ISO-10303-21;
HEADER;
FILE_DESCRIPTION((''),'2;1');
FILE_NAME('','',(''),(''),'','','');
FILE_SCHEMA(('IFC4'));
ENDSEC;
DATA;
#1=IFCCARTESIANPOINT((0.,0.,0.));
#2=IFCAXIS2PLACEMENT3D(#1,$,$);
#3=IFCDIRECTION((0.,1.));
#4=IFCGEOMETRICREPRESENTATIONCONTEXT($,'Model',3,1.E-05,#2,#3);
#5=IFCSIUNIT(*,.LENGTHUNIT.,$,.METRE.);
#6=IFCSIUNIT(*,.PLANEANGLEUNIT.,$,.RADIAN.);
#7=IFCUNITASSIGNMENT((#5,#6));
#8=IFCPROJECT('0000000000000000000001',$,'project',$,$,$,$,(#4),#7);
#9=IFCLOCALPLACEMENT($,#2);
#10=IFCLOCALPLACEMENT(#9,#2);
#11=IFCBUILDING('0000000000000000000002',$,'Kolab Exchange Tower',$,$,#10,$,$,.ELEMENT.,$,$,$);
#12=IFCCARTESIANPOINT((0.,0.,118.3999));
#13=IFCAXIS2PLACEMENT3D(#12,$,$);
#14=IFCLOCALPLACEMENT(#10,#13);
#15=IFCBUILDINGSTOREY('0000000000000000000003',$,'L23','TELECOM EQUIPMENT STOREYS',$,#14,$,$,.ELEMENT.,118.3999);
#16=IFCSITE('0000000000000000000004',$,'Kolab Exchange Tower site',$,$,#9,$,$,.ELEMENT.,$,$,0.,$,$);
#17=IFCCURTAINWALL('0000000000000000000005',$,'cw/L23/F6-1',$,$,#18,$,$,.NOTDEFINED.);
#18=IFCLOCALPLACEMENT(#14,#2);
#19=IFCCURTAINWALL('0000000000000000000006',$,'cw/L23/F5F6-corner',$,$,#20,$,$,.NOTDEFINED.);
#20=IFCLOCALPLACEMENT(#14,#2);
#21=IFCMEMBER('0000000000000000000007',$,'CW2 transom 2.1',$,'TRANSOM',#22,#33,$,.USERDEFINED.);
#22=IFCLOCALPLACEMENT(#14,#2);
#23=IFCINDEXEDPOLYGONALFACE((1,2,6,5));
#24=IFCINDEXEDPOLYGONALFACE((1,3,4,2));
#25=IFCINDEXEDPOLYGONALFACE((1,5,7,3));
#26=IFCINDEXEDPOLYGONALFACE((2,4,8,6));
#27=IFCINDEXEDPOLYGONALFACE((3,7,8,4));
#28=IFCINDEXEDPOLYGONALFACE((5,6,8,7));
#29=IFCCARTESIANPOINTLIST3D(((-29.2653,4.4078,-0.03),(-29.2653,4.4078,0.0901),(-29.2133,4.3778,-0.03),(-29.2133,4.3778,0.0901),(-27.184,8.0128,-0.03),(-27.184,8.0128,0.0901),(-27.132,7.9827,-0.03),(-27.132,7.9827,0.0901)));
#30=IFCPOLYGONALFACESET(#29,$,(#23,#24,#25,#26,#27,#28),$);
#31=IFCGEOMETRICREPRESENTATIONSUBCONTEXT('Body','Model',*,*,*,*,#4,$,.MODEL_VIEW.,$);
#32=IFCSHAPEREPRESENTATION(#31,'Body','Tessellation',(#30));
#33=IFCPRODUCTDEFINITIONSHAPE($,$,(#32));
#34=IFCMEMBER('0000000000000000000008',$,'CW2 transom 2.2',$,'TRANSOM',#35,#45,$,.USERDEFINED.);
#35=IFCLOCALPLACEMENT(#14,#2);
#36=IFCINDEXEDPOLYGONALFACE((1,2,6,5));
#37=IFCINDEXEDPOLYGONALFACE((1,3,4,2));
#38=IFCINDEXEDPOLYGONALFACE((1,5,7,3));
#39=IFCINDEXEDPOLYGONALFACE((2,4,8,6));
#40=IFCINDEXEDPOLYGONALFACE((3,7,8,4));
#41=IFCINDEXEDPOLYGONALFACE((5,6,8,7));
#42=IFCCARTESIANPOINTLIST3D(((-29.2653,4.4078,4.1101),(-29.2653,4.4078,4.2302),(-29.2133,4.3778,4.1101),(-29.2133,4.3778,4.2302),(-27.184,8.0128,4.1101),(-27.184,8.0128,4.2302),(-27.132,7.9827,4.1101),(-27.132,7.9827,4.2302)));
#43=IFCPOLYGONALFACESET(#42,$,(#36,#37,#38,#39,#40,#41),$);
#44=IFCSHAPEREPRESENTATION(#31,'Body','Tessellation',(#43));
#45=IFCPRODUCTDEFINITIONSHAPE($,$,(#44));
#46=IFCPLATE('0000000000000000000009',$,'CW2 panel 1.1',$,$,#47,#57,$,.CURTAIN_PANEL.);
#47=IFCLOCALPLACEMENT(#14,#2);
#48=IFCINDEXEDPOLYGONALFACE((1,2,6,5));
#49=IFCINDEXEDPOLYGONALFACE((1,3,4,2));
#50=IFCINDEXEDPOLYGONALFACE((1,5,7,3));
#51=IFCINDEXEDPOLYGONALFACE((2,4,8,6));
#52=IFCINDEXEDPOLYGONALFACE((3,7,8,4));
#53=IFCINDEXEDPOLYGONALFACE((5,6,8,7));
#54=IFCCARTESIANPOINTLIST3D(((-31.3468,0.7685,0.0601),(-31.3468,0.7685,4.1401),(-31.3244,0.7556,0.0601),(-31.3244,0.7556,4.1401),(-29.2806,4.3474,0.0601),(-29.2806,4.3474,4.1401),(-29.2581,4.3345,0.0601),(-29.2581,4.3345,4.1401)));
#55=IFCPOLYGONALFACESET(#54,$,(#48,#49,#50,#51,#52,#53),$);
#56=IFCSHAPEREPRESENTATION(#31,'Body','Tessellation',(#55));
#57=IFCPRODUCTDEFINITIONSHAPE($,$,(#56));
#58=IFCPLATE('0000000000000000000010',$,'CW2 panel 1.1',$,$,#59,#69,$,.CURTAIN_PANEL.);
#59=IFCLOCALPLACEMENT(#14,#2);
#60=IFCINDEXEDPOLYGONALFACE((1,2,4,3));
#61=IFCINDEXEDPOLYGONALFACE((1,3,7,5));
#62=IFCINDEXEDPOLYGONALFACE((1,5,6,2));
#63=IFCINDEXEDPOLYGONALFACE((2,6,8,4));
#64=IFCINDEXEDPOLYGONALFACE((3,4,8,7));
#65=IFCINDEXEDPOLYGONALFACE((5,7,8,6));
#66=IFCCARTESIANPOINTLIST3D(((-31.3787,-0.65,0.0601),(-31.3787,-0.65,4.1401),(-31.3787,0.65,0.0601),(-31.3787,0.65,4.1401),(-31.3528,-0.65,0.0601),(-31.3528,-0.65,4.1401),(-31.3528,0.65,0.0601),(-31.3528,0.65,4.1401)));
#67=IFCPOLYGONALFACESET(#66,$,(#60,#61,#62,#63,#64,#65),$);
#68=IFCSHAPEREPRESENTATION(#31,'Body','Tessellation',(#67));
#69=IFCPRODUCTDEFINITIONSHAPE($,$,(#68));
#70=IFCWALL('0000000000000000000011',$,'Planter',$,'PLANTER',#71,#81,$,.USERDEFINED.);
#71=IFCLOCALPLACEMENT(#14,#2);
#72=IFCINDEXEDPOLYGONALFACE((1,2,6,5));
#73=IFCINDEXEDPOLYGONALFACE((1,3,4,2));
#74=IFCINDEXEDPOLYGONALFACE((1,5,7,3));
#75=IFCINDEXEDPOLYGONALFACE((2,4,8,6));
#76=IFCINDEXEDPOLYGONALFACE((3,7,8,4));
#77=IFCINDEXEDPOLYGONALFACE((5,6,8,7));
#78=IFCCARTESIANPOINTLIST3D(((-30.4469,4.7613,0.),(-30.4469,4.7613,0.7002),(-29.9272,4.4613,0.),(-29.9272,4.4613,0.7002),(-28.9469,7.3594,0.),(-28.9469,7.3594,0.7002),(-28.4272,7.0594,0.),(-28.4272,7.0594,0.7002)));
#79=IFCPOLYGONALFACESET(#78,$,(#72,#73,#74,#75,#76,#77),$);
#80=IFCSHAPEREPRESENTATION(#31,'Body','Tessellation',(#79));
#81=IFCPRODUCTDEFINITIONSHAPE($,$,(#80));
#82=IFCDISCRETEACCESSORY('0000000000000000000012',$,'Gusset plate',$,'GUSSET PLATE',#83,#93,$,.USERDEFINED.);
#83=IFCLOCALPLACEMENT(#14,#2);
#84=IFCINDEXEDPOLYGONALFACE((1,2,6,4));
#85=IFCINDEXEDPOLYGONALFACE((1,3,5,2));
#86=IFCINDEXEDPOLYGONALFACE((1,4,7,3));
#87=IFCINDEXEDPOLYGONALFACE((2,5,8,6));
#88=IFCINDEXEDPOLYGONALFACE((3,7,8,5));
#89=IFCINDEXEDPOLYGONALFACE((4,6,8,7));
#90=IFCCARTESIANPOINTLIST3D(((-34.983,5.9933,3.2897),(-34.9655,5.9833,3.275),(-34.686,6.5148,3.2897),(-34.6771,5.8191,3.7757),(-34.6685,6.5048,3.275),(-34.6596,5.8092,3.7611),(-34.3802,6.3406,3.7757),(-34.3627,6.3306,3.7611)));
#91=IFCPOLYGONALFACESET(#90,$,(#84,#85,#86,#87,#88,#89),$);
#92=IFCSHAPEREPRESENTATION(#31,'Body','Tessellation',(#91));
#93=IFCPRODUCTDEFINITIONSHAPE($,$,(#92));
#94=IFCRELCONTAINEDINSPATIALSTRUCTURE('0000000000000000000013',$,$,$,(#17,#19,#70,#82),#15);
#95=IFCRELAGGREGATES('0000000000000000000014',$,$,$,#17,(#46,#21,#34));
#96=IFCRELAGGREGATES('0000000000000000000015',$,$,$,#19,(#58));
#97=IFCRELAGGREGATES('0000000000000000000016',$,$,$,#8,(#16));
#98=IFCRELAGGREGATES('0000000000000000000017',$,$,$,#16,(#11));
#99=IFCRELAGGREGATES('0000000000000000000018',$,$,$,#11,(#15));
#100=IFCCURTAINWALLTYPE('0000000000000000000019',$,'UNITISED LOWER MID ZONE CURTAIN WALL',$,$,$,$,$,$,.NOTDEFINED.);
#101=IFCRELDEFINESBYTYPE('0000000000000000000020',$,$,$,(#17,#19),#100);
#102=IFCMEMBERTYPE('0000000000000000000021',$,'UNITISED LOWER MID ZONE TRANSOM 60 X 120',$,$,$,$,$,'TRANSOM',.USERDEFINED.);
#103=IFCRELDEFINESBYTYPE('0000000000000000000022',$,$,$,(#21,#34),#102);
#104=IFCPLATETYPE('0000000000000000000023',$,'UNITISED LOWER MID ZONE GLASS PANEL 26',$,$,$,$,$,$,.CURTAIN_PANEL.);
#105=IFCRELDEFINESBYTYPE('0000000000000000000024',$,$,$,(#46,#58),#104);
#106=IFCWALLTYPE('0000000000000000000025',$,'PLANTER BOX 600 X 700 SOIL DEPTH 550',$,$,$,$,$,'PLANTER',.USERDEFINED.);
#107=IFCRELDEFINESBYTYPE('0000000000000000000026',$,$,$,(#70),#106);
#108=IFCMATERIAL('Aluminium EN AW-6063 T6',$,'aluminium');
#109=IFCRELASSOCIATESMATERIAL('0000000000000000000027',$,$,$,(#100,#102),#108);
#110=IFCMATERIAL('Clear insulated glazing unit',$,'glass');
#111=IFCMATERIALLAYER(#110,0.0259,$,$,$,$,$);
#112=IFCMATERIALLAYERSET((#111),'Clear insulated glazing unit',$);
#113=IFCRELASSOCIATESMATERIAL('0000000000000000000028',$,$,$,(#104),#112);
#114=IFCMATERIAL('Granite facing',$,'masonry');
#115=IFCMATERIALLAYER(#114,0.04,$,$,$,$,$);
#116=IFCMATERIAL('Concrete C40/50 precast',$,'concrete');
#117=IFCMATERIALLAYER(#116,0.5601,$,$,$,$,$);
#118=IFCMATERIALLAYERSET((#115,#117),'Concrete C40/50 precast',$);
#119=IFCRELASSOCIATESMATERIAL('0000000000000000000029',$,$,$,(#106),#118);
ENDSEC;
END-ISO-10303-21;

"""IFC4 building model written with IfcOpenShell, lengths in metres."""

from ifc_helpers import new_model, si_unit, direction, frame, frame_2d, origin, origin_2d, place, context, subcontext, project, spatial, rectangle, extrude, material, layer, layer_set, material_profile, profile_set, type_object, element, aggregate, save


model = new_model("IFC4")

# Units and contexts
model_context = context("Model", 3, precision=1e-05, world=origin(), true_north=direction((0.0, 1.0)))
body_context = subcontext(model_context, "Body", "Model", "MODEL_VIEW")
ifc_project = project(units=[si_unit("LENGTHUNIT", "METRE"), si_unit("PLANEANGLEUNIT", "RADIAN")], contexts=[model_context])

# Site, building, storey
site_placement = place(None, origin())
site = spatial("IfcSite", under=ifc_project, at=site_placement, Name="Kolab Exchange Tower site", CompositionType="ELEMENT", RefElevation=0.0)
building_placement = place(site_placement, origin())
building = spatial("IfcBuilding", under=site, at=building_placement, Name="Kolab Exchange Tower", CompositionType="ELEMENT")
storey_placement = place(building_placement, frame((0.0, 0.0, 118.3999)))
storey = spatial("IfcBuildingStorey", under=building, at=storey_placement, Name="L23", Description="TELECOM EQUIPMENT STOREYS", CompositionType="ELEMENT", Elevation=118.3999)

# Curtain wall
ifc_material_1 = material(Name="Aluminium EN AW-6063 T6", Category="aluminium")
curtain_wall_type = type_object("IfcCurtainWallType", Name="UNITISED LOWER MID ZONE CURTAIN WALL", PredefinedType="NOTDEFINED", material=ifc_material_1)
curtain_wall_1_placement = place(storey_placement, origin())
curtain_wall_1 = element("IfcCurtainWall", 1, at=curtain_wall_1_placement, inside=storey, type_object=curtain_wall_type, Name="cw/L23/F6-1", PredefinedType="NOTDEFINED")

# Curtain wall
curtain_wall_2_placement = place(storey_placement, origin())
curtain_wall_2 = element("IfcCurtainWall", 2, at=curtain_wall_2_placement, inside=storey, type_object=curtain_wall_type, Name="cw/L23/F5F6-corner", PredefinedType="NOTDEFINED")

# Members
ifc_material_profile_1 = material_profile(ifc_material_1, rectangle(XDim=0.0601, YDim=0.1201, at=origin_2d()), Name="RECT 60X120")
ifc_profile_set_1 = profile_set([ifc_material_profile_1], Name="Aluminium EN AW-6063 T6")
member_type_1 = type_object("IfcMemberType", Name="UNITISED LOWER MID ZONE TRANSOM 60 X 120", ElementType="TRANSOM", PredefinedType="USERDEFINED", material=ifc_profile_set_1)
member_1_placement = place(storey_placement, frame((-29.2393, 4.3928, 0.03), z_axis=(0.499993, 0.866029, 0.0), x_axis=(-0.866029, 0.499993, 0.0)))
member_1 = element("IfcMember", 3, at=member_1_placement, type_object=member_type_1, Name="CW2 transom 2.1", ObjectType="TRANSOM", PredefinedType="USERDEFINED", context=body_context, shape_type="SweptSolid", body=[
    extrude(rectangle(XDim=0.0601, YDim=0.1201, at=origin_2d()), origin(), (0.0, 0.0, 1.0), 4.1626),
])
member_2_placement = place(storey_placement, frame((-29.2393, 4.3928, 4.1702), z_axis=(0.499993, 0.866029, 0.0), x_axis=(-0.866029, 0.499993, 0.0)))
member_2 = element("IfcMember", 4, at=member_2_placement, type_object=member_type_1, Name="CW2 transom 2.2", ObjectType="TRANSOM", PredefinedType="USERDEFINED", context=body_context, shape_type="SweptSolid", body=[
    extrude(rectangle(XDim=0.0601, YDim=0.1201, at=origin_2d()), origin(), (0.0, 0.0, 1.0), 4.1626),
])

# Plates
ifc_material_2 = material(Name="Clear insulated glazing unit", Category="glass")
ifc_layer_1 = layer(ifc_material_2, 0.0259)
ifc_layer_set_1 = layer_set([ifc_layer_1], Name="Clear insulated glazing unit")
plate_type = type_object("IfcPlateType", Name="UNITISED LOWER MID ZONE GLASS PANEL 26", PredefinedType="CURTAIN_PANEL", material=ifc_layer_set_1)
plate_1_placement = place(storey_placement, frame((-30.3025, 2.5515, 0.0601), z_axis=(0.0, 0.0, 1.0), x_axis=(0.5, 0.866025, 0.0)))
plate_1 = element("IfcPlate", 5, at=plate_1_placement, type_object=plate_type, Name="CW2 panel 1.1", PredefinedType="CURTAIN_PANEL", context=body_context, shape_type="SweptSolid", body=[
    extrude(rectangle(XDim=4.1326, YDim=0.0259, at=origin_2d()), origin(), (0.0, 0.0, 1.0), 4.0801),
])
aggregate(curtain_wall_1, [plate_1, member_1, member_2])
plate_2_placement = place(storey_placement, frame((-31.3657, 0.0, 0.0601), z_axis=(0.0, 0.0, 1.0), x_axis=(0.0, 1.0, 0.0)))
plate_2 = element("IfcPlate", 6, at=plate_2_placement, type_object=plate_type, Name="CW2 panel 1.1", PredefinedType="CURTAIN_PANEL", context=body_context, shape_type="SweptSolid", body=[
    extrude(rectangle(XDim=1.3, YDim=0.0259, at=origin_2d()), origin(), (0.0, 0.0, 1.0), 4.0801),
])
aggregate(curtain_wall_2, [plate_2])

# Wall
ifc_material_3 = material(Name="Granite facing", Category="masonry")
ifc_layer_2 = layer(ifc_material_3, 0.04)
ifc_material_4 = material(Name="Concrete C40/50 precast", Category="concrete")
ifc_layer_3 = layer(ifc_material_4, 0.5601)
ifc_layer_set_2 = layer_set([ifc_layer_2, ifc_layer_3], Name="Concrete C40/50 precast")
wall_type = type_object("IfcWallType", Name="PLANTER BOX 600 X 700 SOIL DEPTH 550", ElementType="PLANTER", PredefinedType="USERDEFINED", material=ifc_layer_set_2)
wall_placement = place(storey_placement, frame((-30.187, 4.6113, 0.0), z_axis=(0.0, 0.0, 1.0), x_axis=(0.49999, 0.866031, 0.0)))
element("IfcWall", 7, at=wall_placement, inside=storey, type_object=wall_type, Name="Planter", ObjectType="PLANTER", PredefinedType="USERDEFINED", context=body_context, shape_type="SweptSolid", body=[
    extrude(rectangle(XDim=3.0, YDim=0.6001, at=frame_2d((1.5, 0.0))), origin(), (0.0, 0.0, 1.0), 0.7002),
])

# Discrete accessory
discrete_accessory_placement = place(storey_placement, frame((-34.6641, 6.157, 3.5181), z_axis=(-0.703822, 0.400788, 0.586518), x_axis=(-0.494839, -0.868985, 0.0)))
element("IfcDiscreteAccessory", 8, at=discrete_accessory_placement, inside=storey, Name="Gusset plate", ObjectType="GUSSET PLATE", PredefinedType="USERDEFINED", context=body_context, shape_type="SweptSolid", body=[
    extrude(rectangle(XDim=0.6001, YDim=0.6001, at=origin_2d()), origin(), (0.0, 0.0, 1.0), 0.0249),
])

save(model, "model.ifc")
